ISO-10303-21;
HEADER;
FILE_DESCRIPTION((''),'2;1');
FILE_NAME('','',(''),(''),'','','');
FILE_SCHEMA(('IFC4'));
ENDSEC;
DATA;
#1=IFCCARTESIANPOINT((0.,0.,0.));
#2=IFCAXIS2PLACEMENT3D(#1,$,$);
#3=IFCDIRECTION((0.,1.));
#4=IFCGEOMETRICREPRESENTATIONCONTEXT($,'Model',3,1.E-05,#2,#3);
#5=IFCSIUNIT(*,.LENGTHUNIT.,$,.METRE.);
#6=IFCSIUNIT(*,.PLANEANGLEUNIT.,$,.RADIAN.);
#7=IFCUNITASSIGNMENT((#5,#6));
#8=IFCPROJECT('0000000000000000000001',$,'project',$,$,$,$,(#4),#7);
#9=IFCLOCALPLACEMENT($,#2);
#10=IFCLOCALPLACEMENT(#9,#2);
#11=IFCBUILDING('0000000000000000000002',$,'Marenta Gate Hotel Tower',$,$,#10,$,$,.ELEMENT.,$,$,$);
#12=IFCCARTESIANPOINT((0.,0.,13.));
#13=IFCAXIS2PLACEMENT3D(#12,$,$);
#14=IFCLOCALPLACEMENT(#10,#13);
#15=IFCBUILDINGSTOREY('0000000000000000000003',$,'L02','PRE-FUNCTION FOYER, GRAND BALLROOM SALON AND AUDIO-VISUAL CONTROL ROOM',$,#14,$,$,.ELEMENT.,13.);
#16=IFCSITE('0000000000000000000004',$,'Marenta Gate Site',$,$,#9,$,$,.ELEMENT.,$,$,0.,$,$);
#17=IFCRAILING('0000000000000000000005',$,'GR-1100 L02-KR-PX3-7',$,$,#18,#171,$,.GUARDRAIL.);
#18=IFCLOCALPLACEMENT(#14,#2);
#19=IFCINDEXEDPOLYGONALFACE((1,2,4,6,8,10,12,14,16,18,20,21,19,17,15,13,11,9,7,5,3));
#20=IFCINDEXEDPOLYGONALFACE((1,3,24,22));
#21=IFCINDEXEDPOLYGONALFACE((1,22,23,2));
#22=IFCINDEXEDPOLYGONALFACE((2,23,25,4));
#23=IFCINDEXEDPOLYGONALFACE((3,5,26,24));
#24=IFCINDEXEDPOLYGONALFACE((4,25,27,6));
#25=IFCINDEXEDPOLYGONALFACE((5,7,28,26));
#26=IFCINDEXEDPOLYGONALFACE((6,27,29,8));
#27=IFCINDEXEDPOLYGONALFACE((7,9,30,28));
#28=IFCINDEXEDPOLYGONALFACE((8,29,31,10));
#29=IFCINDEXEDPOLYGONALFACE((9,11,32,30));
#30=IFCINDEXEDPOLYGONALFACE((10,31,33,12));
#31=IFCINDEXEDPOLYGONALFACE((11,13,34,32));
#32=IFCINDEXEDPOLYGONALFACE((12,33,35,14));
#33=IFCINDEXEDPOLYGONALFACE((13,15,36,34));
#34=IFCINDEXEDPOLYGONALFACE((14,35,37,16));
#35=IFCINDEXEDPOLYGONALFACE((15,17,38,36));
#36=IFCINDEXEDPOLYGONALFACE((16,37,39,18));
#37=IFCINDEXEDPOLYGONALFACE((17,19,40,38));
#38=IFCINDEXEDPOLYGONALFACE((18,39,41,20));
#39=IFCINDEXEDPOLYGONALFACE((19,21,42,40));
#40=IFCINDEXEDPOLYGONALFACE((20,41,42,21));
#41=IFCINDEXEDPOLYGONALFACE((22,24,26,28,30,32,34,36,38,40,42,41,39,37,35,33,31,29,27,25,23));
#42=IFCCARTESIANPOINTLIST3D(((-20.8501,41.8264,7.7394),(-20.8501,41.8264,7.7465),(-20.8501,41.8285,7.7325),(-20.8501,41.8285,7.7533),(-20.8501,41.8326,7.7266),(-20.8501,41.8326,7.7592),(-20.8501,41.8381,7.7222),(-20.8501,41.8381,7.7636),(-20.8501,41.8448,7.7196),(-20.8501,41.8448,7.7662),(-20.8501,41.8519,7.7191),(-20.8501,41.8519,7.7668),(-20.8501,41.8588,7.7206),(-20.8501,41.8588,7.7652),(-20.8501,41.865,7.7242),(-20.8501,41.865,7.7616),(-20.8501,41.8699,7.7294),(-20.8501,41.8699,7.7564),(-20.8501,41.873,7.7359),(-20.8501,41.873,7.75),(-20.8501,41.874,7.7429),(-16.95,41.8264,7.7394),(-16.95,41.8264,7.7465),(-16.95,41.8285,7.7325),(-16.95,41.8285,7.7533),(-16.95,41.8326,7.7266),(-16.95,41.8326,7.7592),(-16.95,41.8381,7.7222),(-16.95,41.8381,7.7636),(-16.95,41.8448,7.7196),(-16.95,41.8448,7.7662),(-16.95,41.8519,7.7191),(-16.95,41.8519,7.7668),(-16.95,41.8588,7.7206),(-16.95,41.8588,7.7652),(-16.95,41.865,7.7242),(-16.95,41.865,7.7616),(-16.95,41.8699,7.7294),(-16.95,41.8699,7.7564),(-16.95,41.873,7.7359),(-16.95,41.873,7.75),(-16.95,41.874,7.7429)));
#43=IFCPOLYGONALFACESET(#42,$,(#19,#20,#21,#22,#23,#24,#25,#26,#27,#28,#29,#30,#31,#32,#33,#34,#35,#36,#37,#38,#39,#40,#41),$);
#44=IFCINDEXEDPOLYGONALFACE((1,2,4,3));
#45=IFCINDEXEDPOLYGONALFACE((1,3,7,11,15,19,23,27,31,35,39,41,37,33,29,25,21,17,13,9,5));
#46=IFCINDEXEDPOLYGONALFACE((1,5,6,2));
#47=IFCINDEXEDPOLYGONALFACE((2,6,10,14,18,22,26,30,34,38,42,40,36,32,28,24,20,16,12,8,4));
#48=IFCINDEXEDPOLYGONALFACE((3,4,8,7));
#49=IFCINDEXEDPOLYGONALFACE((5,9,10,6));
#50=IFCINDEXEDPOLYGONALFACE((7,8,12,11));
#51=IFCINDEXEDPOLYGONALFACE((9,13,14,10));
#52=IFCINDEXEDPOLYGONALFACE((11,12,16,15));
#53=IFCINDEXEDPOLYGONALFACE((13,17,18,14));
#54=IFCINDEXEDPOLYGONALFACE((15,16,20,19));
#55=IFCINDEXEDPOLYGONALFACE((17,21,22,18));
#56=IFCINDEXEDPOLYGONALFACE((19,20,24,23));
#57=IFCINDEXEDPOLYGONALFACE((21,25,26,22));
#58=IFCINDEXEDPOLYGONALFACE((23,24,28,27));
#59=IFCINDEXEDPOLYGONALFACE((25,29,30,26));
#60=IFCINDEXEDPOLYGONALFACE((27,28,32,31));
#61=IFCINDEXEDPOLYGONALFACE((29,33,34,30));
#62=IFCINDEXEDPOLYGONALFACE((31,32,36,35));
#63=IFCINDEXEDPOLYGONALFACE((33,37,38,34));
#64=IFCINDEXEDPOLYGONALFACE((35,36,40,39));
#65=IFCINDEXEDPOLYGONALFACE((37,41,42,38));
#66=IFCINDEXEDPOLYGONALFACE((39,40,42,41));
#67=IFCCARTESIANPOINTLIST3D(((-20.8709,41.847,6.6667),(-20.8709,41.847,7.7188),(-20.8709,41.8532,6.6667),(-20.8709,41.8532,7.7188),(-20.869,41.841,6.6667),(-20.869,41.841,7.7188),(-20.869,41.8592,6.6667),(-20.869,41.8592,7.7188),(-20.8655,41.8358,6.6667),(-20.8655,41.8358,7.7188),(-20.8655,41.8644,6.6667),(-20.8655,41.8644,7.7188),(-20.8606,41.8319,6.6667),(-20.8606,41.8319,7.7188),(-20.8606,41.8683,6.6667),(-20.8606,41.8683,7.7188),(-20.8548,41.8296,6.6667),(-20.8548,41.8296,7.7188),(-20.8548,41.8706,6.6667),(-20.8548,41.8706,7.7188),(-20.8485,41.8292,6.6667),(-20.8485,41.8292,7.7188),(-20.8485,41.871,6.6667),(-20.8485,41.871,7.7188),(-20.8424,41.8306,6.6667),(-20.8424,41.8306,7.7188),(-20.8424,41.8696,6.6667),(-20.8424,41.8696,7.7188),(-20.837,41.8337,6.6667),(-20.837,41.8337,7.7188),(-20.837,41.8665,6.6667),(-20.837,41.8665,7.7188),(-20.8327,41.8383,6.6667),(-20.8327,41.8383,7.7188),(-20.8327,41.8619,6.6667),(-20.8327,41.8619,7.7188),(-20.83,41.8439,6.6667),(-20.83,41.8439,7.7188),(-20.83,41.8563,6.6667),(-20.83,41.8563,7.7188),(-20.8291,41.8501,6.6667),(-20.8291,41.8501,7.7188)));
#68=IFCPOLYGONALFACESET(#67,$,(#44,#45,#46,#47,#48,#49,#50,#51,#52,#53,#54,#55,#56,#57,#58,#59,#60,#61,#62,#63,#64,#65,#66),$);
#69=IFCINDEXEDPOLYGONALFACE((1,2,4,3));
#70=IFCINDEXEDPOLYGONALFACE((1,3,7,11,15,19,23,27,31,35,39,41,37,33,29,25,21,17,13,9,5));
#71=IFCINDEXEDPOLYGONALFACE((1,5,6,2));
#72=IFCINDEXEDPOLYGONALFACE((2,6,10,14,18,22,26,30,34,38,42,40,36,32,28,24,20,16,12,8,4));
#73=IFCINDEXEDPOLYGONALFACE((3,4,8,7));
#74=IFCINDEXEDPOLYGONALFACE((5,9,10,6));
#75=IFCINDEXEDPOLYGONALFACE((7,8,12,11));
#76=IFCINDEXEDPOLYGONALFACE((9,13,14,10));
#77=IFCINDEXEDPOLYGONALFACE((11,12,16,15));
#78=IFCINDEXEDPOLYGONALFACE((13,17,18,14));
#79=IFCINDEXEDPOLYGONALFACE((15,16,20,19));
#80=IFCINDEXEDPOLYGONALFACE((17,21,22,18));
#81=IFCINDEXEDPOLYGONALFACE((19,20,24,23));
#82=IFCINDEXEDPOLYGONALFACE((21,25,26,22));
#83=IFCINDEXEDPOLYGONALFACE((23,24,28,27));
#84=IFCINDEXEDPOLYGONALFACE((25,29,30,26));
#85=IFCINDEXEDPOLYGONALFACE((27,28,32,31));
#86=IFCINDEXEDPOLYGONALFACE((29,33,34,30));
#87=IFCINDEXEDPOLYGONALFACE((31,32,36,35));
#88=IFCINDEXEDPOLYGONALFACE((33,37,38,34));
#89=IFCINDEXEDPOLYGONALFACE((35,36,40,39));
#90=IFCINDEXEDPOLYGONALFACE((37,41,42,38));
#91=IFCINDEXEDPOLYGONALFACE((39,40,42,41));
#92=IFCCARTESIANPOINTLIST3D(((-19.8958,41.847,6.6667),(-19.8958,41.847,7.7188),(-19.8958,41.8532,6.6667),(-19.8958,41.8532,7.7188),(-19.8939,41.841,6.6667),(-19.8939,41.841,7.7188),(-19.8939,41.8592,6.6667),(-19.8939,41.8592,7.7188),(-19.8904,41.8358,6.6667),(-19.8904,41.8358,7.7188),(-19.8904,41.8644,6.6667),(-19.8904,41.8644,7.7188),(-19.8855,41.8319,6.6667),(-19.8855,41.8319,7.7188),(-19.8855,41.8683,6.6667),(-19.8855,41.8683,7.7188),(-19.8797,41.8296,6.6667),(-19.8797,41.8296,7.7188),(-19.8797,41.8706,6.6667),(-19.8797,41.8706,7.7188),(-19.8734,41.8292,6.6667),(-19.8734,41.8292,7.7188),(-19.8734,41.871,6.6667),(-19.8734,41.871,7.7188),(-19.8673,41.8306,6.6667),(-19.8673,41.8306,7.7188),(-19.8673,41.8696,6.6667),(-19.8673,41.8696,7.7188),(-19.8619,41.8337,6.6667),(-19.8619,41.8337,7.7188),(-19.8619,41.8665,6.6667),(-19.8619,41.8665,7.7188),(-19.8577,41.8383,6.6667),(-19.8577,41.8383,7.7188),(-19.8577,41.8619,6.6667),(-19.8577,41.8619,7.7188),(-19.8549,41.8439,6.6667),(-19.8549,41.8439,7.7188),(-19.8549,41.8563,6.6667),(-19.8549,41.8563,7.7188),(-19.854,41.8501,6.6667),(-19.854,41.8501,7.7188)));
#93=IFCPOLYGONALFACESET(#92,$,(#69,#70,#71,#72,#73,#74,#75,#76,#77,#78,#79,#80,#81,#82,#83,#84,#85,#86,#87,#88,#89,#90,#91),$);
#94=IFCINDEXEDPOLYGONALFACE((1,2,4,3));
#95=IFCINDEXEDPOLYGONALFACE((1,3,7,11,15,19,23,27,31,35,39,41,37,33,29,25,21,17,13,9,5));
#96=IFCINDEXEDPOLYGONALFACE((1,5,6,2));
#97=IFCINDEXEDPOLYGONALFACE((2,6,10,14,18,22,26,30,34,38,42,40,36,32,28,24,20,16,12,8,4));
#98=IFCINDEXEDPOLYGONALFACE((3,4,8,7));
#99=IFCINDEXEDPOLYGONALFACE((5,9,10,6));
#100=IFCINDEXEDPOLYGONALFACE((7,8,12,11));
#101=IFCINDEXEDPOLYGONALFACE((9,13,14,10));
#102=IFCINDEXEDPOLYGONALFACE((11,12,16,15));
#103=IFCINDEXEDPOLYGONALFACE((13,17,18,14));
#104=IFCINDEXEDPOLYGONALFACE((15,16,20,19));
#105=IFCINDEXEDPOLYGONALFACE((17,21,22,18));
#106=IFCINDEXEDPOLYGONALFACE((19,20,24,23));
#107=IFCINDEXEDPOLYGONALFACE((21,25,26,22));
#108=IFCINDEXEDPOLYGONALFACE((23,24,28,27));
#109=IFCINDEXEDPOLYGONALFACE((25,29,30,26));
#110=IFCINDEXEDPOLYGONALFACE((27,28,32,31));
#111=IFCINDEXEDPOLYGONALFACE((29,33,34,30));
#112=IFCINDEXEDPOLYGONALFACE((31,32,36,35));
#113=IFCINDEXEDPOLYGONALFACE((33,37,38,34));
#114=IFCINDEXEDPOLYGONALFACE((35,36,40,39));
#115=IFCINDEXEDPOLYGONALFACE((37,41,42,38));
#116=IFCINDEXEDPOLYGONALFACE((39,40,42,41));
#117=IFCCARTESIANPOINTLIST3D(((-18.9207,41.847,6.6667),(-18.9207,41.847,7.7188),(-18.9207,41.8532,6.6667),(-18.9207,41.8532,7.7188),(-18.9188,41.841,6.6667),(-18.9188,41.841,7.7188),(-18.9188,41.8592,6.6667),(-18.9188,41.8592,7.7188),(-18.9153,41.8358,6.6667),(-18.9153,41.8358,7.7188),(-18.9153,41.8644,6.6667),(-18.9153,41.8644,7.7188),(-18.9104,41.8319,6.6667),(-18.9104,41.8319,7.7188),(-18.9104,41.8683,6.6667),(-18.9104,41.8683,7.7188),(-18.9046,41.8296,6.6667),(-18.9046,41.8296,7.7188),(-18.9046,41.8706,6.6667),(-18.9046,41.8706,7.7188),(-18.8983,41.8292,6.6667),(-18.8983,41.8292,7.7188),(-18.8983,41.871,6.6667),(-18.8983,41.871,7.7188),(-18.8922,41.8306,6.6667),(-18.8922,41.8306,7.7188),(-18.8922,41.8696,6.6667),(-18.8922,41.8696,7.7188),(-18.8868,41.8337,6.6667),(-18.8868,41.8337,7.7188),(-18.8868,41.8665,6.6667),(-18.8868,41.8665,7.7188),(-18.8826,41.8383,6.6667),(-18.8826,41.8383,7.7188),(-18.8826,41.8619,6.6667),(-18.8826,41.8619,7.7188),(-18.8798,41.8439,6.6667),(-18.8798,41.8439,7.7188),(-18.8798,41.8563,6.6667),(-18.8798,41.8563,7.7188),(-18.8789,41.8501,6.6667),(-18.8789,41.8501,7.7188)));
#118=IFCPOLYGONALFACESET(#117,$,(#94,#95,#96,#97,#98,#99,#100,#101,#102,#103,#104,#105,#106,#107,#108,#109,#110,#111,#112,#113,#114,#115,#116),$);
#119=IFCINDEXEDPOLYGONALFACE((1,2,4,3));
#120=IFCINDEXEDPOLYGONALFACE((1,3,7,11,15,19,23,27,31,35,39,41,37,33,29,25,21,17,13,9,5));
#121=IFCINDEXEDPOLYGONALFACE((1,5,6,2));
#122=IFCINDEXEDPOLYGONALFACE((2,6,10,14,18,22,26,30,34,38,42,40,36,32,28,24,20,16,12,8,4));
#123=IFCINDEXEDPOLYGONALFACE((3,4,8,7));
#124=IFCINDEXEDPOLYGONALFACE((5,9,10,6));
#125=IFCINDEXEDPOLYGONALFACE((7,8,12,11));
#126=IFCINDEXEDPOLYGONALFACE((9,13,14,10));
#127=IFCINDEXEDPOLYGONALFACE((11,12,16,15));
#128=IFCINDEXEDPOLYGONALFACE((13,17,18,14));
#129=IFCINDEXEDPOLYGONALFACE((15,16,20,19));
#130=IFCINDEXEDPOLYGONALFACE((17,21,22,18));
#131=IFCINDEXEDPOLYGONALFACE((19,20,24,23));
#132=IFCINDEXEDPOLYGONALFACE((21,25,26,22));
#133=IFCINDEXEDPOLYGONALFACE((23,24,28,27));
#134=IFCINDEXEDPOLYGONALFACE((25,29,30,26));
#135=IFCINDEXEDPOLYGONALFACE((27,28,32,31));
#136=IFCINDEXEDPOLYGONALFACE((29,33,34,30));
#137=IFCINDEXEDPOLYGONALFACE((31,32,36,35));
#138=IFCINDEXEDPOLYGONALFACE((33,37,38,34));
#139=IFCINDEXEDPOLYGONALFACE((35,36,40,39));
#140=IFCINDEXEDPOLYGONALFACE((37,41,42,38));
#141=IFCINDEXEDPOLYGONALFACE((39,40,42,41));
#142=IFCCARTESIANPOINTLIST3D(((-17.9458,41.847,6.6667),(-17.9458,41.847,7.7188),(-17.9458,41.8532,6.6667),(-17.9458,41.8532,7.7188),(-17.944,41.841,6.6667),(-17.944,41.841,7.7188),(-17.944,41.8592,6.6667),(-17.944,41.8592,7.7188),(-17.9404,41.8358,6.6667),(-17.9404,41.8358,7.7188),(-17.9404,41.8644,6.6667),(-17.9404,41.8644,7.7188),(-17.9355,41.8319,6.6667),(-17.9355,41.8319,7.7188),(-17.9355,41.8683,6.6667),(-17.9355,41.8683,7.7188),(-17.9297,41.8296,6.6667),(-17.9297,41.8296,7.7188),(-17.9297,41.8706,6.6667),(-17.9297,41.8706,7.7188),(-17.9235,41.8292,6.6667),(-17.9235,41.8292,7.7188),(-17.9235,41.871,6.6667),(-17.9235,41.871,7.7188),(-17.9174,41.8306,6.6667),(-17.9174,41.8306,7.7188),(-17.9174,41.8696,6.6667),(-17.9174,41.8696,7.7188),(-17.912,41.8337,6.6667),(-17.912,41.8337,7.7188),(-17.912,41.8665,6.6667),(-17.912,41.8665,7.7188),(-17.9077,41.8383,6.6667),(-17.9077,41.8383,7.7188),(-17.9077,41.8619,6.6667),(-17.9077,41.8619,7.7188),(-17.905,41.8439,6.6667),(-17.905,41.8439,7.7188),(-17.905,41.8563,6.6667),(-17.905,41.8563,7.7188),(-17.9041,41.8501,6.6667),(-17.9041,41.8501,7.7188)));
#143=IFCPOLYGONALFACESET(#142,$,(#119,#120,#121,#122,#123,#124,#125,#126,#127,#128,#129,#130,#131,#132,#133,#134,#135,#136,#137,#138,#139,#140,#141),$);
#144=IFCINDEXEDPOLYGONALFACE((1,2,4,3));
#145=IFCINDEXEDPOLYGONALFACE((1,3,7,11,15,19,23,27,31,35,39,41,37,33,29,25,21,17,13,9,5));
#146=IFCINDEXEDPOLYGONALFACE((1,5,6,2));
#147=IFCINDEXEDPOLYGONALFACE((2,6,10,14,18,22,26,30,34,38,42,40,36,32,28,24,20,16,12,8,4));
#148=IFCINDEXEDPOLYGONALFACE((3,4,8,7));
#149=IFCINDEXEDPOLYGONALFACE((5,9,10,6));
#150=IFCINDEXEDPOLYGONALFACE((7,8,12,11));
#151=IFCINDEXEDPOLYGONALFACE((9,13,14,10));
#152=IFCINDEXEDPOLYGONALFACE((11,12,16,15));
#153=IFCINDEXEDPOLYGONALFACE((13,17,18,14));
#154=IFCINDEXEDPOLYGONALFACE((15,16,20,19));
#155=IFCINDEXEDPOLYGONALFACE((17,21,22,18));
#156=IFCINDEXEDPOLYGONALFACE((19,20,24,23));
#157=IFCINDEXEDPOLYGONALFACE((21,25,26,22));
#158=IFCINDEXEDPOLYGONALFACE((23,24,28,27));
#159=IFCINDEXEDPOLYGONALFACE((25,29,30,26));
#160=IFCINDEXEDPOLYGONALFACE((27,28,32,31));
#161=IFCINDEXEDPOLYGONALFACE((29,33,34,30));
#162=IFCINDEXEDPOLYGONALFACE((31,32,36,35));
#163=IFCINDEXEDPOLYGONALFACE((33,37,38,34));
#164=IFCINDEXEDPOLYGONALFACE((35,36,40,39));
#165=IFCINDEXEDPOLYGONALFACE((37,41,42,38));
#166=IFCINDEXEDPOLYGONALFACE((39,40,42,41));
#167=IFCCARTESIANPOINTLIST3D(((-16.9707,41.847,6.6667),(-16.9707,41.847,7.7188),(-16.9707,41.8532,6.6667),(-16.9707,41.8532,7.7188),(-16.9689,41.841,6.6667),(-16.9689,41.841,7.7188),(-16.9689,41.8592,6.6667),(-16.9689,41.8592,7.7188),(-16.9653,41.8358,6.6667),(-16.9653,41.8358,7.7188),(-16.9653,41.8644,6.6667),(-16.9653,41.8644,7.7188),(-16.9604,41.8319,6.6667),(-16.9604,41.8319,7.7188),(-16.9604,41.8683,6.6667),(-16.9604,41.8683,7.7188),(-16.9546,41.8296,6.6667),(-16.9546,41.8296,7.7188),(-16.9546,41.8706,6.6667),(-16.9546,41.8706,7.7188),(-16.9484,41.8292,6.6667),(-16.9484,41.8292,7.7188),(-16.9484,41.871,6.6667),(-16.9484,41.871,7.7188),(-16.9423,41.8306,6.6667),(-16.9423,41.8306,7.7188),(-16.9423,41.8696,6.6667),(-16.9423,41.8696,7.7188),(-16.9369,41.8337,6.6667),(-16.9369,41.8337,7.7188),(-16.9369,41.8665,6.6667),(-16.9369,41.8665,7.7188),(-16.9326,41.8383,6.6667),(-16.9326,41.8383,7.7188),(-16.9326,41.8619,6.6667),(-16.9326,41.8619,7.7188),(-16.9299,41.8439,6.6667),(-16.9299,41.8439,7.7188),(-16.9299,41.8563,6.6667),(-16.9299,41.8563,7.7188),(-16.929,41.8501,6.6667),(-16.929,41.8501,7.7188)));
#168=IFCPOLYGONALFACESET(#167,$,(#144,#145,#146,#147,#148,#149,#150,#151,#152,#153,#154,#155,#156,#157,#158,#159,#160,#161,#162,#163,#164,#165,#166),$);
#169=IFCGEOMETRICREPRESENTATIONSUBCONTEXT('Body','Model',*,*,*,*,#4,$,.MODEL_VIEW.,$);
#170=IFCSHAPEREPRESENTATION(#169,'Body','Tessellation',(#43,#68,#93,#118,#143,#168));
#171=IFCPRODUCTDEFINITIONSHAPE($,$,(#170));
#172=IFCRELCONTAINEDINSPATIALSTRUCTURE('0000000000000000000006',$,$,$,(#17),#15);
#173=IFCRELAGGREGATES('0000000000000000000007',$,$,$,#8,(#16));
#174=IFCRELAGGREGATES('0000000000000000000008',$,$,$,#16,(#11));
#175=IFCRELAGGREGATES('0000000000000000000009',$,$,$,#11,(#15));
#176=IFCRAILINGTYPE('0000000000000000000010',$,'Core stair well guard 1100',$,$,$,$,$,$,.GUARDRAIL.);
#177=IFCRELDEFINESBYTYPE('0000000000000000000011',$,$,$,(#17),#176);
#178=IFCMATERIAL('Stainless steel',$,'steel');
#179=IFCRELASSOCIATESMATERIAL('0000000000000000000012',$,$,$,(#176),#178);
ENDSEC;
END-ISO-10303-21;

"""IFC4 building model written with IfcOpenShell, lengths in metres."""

from ifc_helpers import new_model, si_unit, direction, frame, origin, origin_2d, place, context, subcontext, project, spatial, circle, extrude, material, type_object, element, save


model = new_model("IFC4")

# Units and contexts
model_context = context("Model", 3, precision=1e-05, world=origin(), true_north=direction((0.0, 1.0)))
body_context = subcontext(model_context, "Body", "Model", "MODEL_VIEW")
ifc_project = project(units=[si_unit("LENGTHUNIT", "METRE"), si_unit("PLANEANGLEUNIT", "RADIAN")], contexts=[model_context])

# Site, building, storey
site_placement = place(None, origin())
site = spatial("IfcSite", under=ifc_project, at=site_placement, Name="Marenta Gate Site", CompositionType="ELEMENT", RefElevation=0.0)
building_placement = place(site_placement, origin())
building = spatial("IfcBuilding", under=site, at=building_placement, Name="Marenta Gate Hotel Tower", CompositionType="ELEMENT")
storey_placement = place(building_placement, frame((0.0, 0.0, 13.0)))
storey = spatial("IfcBuildingStorey", under=building, at=storey_placement, Name="L02", Description="PRE-FUNCTION FOYER, GRAND BALLROOM SALON AND AUDIO-VISUAL CONTROL ROOM", CompositionType="ELEMENT", Elevation=13.0)

# Railing
ifc_material_1 = material(Name="Stainless steel", Category="steel")
railing_type_1 = type_object("IfcRailingType", Name="Core stair well guard 1100", PredefinedType="GUARDRAIL", material=ifc_material_1)
railing_1_placement = place(storey_placement, frame((-20.8501, 41.8501, 6.6667)))
element("IfcRailing", 1, at=railing_1_placement, inside=storey, type_object=railing_type_1, Name="GR-1100 L02-KR-PX3-7", PredefinedType="GUARDRAIL", context=body_context, shape_type="SweptSolid", body=[
    extrude(circle(Radius=0.0239, at=origin_2d()), frame((0.0, 0.0, 1.0762), z_axis=(1.0, 0.0, 0.0), x_axis=(0.0, 1.0, 0.0)), (0.0, 0.0, 1.0), 3.9001),
    extrude(circle(Radius=0.021, at=origin_2d()), origin(), (0.0, 0.0, 1.0), 1.052),
    extrude(circle(Radius=0.021, at=origin_2d()), frame((0.9751, 0.0, 0.0)), (0.0, 0.0, 1.0), 1.052),
    extrude(circle(Radius=0.021, at=origin_2d()), frame((1.9502, 0.0, 0.0)), (0.0, 0.0, 1.0), 1.052),
    extrude(circle(Radius=0.021, at=origin_2d()), frame((2.925, 0.0, 0.0)), (0.0, 0.0, 1.0), 1.052),
    extrude(circle(Radius=0.021, at=origin_2d()), frame((3.9001, 0.0, 0.0)), (0.0, 0.0, 1.0), 1.052),
])

save(model, "model.ifc")
